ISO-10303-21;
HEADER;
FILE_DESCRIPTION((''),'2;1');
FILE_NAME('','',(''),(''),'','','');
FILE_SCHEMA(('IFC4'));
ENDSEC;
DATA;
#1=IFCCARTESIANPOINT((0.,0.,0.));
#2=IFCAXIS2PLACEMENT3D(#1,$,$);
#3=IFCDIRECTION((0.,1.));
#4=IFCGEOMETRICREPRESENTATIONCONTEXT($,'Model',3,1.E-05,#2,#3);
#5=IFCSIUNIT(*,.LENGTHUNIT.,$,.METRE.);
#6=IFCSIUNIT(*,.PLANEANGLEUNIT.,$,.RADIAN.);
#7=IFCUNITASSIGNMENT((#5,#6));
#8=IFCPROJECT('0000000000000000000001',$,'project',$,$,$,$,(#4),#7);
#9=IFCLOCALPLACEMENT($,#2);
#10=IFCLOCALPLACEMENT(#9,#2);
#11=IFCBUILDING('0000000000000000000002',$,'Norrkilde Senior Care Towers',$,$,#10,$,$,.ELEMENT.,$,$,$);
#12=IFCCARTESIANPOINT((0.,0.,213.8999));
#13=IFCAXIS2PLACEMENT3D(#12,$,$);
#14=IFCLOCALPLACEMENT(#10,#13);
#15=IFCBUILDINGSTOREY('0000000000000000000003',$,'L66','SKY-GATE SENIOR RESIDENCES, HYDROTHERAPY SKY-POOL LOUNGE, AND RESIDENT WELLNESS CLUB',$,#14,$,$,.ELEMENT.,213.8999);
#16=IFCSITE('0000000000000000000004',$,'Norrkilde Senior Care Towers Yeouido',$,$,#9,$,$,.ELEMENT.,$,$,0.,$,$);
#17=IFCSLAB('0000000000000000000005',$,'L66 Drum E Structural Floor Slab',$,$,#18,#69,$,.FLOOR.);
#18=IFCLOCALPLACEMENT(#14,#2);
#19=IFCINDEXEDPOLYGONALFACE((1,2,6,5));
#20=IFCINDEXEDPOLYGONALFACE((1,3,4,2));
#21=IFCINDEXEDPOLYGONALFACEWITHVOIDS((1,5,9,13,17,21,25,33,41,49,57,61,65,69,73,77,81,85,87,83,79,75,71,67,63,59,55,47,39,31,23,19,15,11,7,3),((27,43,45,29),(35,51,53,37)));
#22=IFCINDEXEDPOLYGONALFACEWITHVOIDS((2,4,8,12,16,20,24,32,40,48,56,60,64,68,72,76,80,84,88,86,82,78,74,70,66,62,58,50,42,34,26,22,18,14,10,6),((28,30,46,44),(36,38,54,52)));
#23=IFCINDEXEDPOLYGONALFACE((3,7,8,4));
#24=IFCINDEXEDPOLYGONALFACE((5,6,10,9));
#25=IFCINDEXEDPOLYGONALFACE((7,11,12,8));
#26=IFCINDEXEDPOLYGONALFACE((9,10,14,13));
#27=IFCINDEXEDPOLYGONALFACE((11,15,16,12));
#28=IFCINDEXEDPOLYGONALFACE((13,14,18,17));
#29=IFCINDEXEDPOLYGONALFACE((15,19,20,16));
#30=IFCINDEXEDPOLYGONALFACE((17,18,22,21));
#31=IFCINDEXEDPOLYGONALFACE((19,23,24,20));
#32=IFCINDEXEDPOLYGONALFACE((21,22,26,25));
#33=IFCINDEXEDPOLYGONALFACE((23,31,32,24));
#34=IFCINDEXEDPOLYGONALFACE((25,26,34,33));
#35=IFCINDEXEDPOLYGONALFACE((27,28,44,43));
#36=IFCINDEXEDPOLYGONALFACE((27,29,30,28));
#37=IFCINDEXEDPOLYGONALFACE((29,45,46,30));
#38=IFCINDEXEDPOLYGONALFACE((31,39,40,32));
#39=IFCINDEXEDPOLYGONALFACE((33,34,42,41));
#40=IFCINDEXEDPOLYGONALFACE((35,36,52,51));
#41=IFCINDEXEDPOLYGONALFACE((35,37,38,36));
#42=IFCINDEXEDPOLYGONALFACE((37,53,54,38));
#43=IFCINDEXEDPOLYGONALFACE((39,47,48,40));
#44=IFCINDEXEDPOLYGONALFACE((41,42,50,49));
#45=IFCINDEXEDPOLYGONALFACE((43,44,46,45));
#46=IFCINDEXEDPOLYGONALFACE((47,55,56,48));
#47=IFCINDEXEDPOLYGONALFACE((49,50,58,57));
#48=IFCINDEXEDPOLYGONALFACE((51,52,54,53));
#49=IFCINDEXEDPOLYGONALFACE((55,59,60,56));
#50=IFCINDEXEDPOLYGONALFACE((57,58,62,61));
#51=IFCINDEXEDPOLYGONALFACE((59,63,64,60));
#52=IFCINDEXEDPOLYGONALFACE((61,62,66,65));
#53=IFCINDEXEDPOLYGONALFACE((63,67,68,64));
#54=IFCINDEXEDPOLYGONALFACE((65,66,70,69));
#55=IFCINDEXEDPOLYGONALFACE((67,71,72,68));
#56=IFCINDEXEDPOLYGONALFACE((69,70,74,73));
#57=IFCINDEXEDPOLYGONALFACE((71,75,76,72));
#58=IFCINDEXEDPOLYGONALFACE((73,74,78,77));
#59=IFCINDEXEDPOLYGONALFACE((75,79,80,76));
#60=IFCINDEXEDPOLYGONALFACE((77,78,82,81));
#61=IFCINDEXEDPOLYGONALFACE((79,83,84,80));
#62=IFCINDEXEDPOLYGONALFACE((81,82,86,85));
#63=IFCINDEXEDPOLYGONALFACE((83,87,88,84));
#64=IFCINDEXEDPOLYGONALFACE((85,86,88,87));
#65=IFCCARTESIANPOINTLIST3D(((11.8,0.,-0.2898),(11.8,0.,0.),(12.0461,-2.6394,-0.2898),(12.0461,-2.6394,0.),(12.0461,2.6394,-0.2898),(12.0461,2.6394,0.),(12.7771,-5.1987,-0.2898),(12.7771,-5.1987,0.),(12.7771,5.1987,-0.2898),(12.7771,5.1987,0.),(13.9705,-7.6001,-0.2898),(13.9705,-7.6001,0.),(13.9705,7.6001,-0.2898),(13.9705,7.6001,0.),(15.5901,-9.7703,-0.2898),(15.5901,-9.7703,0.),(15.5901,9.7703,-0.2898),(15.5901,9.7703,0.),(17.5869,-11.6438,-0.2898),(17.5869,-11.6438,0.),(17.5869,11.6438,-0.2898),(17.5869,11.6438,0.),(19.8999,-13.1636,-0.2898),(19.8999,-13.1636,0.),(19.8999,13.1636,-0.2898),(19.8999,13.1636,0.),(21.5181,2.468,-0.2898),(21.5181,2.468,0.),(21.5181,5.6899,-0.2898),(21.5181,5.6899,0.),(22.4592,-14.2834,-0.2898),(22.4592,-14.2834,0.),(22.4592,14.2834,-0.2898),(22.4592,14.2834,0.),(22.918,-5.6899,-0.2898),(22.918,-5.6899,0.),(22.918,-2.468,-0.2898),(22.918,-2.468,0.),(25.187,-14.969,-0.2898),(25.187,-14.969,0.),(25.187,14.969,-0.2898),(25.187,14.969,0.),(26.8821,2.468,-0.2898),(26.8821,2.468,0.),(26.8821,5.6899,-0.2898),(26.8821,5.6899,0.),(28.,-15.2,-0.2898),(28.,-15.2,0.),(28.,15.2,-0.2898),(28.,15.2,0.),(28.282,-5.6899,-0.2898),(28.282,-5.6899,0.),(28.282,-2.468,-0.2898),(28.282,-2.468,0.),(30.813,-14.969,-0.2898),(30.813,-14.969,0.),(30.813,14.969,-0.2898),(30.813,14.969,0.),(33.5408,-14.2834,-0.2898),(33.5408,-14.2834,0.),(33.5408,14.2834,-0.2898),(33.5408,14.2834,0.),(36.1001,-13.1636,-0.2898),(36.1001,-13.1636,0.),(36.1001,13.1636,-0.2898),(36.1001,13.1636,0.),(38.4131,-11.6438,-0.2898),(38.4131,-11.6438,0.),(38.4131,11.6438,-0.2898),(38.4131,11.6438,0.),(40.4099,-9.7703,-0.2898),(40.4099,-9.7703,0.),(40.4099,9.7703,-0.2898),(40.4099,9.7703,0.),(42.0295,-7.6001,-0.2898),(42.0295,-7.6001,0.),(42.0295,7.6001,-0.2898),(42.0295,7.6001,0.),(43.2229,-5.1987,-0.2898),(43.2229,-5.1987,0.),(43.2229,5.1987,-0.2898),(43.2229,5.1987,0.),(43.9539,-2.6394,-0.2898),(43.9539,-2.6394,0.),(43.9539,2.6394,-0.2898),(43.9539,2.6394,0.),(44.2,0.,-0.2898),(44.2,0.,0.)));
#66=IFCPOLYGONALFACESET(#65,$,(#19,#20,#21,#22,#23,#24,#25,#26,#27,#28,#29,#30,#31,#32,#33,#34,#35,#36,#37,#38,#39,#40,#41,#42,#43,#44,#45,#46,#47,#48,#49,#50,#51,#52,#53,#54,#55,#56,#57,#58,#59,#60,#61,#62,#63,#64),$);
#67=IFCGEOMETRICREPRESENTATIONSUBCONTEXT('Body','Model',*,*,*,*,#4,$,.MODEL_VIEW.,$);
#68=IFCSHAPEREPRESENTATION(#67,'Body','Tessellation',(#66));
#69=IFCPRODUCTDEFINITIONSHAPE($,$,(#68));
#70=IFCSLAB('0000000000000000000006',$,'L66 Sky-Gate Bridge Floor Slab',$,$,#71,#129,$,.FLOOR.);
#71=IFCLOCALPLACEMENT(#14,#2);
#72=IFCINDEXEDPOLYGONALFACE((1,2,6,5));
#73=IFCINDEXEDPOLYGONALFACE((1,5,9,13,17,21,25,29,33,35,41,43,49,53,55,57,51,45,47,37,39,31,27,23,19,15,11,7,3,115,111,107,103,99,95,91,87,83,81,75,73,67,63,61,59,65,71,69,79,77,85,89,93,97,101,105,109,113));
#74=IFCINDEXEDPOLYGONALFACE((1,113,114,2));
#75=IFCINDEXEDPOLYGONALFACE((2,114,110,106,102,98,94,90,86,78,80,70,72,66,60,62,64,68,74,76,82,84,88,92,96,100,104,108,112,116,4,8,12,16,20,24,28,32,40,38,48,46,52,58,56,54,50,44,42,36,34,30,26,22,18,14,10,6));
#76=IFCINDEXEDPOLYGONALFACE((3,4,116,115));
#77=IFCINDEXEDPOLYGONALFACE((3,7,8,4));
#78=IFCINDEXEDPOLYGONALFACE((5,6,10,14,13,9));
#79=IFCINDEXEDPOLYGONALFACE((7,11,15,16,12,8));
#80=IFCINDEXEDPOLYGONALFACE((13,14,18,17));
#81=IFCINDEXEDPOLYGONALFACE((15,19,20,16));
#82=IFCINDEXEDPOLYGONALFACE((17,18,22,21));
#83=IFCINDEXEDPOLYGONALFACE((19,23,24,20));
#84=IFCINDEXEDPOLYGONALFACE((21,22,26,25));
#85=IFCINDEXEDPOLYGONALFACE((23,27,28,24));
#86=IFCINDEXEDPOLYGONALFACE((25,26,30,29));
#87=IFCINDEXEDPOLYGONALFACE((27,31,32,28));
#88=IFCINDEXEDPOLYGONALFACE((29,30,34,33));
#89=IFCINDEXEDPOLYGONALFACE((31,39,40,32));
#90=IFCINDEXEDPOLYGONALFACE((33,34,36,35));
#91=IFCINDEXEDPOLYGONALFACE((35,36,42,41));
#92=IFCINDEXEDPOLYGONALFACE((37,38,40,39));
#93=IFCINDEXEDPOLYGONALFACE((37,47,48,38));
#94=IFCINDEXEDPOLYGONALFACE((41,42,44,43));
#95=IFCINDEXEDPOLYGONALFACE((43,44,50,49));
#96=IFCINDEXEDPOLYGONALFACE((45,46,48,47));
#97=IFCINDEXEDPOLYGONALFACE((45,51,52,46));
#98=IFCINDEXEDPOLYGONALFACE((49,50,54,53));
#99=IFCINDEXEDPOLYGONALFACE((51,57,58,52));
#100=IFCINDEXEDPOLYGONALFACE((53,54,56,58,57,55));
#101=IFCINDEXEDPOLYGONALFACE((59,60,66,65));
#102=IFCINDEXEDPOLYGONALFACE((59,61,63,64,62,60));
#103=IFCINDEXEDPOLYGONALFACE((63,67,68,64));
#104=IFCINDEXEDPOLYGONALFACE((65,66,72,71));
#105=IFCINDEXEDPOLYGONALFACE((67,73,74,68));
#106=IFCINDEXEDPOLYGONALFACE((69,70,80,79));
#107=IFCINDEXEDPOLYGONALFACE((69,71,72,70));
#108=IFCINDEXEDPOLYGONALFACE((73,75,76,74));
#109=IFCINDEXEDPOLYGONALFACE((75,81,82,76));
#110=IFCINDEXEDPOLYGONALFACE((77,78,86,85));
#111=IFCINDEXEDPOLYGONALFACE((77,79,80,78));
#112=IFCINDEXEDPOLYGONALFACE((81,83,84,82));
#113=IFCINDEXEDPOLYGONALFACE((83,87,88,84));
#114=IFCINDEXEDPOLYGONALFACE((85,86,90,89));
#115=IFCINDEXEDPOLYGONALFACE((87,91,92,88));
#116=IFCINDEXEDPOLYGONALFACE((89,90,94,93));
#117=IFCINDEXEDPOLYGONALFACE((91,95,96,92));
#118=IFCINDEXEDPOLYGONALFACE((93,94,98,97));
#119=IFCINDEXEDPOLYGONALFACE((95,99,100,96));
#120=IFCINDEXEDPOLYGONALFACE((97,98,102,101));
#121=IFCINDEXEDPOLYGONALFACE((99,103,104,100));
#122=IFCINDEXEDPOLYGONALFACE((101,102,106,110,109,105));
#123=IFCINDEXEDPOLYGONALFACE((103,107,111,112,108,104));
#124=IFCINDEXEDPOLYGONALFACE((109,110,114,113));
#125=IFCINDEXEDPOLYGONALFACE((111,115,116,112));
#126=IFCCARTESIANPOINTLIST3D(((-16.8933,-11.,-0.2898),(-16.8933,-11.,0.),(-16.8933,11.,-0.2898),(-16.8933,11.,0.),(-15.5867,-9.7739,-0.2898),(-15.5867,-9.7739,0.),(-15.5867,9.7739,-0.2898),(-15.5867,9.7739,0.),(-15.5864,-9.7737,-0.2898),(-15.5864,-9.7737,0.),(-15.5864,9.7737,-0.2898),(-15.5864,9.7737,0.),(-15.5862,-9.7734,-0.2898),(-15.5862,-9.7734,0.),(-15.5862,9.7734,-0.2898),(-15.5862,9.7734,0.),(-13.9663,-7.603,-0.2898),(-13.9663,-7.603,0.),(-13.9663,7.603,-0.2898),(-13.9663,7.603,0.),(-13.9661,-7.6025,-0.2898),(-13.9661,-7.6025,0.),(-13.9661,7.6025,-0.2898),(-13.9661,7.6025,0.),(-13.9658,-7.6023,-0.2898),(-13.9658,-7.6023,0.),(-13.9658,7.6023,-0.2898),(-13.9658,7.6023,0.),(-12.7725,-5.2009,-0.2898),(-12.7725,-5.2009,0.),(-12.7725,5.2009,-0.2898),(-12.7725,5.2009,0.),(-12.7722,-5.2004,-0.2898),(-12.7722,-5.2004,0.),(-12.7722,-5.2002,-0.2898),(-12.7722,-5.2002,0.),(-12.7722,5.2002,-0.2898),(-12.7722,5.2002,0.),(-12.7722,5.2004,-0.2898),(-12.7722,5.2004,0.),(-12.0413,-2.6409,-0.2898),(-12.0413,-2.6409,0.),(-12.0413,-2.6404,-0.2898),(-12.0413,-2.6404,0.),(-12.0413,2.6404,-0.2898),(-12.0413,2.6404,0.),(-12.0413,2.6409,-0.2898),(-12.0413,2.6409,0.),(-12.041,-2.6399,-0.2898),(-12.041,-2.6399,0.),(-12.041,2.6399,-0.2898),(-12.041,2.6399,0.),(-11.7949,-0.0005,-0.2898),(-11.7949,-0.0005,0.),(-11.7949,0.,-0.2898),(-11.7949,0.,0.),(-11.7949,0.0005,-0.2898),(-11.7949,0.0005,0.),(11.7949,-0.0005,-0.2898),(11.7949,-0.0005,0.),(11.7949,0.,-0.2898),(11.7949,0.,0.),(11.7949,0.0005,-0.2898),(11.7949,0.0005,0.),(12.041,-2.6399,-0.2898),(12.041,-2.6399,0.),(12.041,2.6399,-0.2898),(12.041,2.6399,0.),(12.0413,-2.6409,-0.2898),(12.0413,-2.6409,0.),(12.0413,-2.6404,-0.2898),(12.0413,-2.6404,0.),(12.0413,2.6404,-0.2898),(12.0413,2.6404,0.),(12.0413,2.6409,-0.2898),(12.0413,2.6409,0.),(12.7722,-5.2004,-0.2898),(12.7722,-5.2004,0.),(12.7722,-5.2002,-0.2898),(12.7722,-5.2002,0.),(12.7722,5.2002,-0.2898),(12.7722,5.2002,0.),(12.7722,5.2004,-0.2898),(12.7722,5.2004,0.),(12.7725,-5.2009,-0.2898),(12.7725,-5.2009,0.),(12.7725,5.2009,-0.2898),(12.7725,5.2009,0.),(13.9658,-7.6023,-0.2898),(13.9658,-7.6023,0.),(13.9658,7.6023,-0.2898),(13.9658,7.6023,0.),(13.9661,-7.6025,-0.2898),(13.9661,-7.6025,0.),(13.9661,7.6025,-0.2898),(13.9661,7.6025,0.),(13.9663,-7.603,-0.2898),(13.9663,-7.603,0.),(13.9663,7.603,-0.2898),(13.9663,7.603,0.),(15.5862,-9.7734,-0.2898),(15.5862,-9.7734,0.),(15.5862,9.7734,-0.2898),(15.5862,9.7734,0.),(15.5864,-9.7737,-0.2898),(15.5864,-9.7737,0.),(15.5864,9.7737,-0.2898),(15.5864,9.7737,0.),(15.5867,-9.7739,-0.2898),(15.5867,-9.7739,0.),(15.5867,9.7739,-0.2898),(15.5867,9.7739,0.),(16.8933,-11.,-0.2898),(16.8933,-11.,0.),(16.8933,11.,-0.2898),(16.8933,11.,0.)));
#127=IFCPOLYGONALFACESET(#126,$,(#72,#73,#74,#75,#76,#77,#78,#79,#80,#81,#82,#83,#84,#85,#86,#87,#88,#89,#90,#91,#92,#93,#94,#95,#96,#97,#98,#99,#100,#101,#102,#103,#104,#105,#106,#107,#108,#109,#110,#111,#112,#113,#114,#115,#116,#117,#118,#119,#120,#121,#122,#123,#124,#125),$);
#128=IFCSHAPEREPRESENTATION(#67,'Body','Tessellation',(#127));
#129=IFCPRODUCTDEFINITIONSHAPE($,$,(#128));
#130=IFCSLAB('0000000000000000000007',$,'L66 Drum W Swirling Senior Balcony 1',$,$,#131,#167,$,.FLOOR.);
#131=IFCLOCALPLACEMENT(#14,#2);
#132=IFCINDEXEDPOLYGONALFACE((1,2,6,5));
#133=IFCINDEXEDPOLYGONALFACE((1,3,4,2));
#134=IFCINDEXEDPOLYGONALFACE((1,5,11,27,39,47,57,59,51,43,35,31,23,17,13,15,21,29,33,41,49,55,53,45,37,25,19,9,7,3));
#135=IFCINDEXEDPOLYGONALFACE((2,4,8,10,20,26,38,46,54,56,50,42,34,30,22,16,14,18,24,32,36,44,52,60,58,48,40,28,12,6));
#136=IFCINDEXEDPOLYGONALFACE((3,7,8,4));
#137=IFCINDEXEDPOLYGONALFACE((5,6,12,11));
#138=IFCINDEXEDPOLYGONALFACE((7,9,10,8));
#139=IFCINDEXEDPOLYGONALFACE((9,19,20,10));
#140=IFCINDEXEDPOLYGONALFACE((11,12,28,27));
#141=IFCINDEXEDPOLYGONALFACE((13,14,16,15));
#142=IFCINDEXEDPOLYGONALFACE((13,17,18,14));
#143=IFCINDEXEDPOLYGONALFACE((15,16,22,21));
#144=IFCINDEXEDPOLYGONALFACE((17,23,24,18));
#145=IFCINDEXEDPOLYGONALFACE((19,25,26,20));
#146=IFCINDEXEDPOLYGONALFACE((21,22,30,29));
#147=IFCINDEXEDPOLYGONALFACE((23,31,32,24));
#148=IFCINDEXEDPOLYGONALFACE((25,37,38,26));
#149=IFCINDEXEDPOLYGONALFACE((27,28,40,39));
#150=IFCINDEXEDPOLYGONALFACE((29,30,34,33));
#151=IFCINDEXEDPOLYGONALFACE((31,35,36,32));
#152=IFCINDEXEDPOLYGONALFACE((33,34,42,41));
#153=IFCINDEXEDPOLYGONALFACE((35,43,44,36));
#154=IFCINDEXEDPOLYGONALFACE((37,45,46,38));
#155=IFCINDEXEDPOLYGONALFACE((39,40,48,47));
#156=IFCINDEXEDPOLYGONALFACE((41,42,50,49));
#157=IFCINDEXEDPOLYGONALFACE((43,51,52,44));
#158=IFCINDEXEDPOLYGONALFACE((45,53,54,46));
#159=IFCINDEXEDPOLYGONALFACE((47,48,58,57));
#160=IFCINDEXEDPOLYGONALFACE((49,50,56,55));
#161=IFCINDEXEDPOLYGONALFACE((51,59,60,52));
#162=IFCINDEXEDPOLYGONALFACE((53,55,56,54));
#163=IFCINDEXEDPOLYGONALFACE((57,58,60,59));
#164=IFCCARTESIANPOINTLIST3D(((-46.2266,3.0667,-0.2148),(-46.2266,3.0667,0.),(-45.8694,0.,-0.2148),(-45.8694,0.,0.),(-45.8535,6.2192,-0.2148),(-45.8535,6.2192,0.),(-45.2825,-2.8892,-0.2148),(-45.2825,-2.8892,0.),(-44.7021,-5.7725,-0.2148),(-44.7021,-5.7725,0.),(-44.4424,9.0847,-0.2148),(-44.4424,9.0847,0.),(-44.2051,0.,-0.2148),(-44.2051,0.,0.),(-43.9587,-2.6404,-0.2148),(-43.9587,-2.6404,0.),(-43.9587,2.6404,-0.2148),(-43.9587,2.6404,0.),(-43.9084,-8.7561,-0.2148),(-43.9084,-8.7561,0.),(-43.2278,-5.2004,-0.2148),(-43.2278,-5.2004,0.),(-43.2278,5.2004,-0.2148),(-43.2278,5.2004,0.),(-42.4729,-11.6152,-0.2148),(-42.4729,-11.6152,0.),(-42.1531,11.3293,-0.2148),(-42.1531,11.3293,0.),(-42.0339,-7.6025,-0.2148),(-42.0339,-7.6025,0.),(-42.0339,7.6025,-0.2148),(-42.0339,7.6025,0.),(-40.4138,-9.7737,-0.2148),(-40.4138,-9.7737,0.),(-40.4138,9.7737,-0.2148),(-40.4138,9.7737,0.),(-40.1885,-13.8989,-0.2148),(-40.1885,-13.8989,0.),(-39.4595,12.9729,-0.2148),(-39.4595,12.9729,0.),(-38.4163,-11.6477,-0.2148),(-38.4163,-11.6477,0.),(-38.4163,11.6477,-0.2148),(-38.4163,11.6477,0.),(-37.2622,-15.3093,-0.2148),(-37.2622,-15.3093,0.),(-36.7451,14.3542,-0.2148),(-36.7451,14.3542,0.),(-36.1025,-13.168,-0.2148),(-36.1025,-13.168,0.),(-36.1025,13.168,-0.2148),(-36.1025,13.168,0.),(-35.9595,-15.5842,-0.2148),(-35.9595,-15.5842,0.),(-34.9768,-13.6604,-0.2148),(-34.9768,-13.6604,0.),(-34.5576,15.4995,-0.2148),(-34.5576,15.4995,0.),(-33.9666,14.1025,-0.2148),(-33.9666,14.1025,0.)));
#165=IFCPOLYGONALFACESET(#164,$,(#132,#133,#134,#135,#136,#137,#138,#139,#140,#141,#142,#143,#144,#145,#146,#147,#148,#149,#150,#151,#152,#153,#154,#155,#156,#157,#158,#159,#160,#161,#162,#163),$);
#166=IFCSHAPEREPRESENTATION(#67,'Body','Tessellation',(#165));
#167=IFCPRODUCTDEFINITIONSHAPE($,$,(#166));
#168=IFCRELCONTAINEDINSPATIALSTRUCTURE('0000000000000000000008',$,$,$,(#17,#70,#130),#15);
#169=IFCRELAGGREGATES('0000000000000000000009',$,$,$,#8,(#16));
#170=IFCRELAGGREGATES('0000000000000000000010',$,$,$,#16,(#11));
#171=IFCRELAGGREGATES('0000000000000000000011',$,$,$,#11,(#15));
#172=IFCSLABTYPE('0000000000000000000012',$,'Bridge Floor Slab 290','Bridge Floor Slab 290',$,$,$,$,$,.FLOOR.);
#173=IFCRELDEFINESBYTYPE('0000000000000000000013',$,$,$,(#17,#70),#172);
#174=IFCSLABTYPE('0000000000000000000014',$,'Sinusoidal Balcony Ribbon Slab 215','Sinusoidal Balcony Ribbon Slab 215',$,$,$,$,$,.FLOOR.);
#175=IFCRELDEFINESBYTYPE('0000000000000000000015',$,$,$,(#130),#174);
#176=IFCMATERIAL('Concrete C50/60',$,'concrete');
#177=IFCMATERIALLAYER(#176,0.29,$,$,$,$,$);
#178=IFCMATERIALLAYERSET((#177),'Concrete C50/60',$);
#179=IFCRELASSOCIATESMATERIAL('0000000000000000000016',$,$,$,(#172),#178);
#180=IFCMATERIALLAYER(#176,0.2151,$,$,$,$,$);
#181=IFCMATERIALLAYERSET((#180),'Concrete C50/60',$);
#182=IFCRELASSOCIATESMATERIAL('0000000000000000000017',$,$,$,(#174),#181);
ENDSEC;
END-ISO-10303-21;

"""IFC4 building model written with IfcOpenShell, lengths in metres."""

from ifc_helpers import new_model, si_unit, direction, frame, origin, place, context, subcontext, project, spatial, polyline, outline, extrude, material, layer, layer_set, type_object, element, save


model = new_model("IFC4")

# Units and contexts
model_context = context("Model", 3, precision=1e-05, world=origin(), true_north=direction((0.0, 1.0)))
body_context = subcontext(model_context, "Body", "Model", "MODEL_VIEW")
ifc_project = project(units=[si_unit("LENGTHUNIT", "METRE"), si_unit("PLANEANGLEUNIT", "RADIAN")], contexts=[model_context])

# Site, building, storey
site_placement = place(None, origin())
site = spatial("IfcSite", under=ifc_project, at=site_placement, Name="Norrkilde Senior Care Towers Yeouido", CompositionType="ELEMENT", RefElevation=0.0)
building_placement = place(site_placement, origin())
building = spatial("IfcBuilding", under=site, at=building_placement, Name="Norrkilde Senior Care Towers", CompositionType="ELEMENT")
storey_placement = place(building_placement, frame((0.0, 0.0, 213.8999)))
storey = spatial("IfcBuildingStorey", under=building, at=storey_placement, Name="L66", Description="SKY-GATE SENIOR RESIDENCES, HYDROTHERAPY SKY-POOL LOUNGE, AND RESIDENT WELLNESS CLUB", CompositionType="ELEMENT", Elevation=213.8999)

# Slabs
ifc_material_1 = material(Name="Concrete C50/60", Category="concrete")
ifc_layer_1 = layer(ifc_material_1, 0.29)
ifc_layer_set_1 = layer_set([ifc_layer_1], Name="Concrete C50/60")
slab_type_1 = type_object("IfcSlabType", Name="Bridge Floor Slab 290", Description="Bridge Floor Slab 290", PredefinedType="FLOOR", material=ifc_layer_set_1)
slab_1_placement = place(storey_placement, frame((0.0, 0.0, -0.2898)))
element("IfcSlab", 1, at=slab_1_placement, inside=storey, type_object=slab_type_1, Name="L66 Drum E Structural Floor Slab", PredefinedType="FLOOR", context=body_context, shape_type="SweptSolid", body=[
    extrude(outline(polyline([(43.2229, -5.1987), (42.0295, -7.6001), (40.4099, -9.7703), (38.4131, -11.6438), (36.1001, -13.1636), (33.5408, -14.2834), (30.813, -14.969), (28.0, -15.2), (25.187, -14.969), (22.4592, -14.2834), (19.8999, -13.1636), (17.5869, -11.6438), (15.5901, -9.7703), (13.9705, -7.6001), (12.7771, -5.1987), (12.0461, -2.6394), (11.8, 0.0), (12.0461, 2.6394), (12.7771, 5.1987), (13.9705, 7.6001), (15.5901, 9.7703), (17.5869, 11.6438), (19.8999, 13.1636), (22.4592, 14.2834), (25.187, 14.969), (28.0, 15.2), (30.813, 14.969), (33.5408, 14.2834), (36.1001, 13.1636), (38.4131, 11.6438), (40.4099, 9.7703), (42.0295, 7.6001), (43.2229, 5.1987), (43.9539, 2.6394), (44.2, 0.0), (43.9539, -2.6394), (43.2229, -5.1987)]), holes=[polyline([(21.5181, 2.468), (26.8821, 2.468), (26.8821, 5.6899), (21.5181, 5.6899), (21.5181, 2.468)]), polyline([(28.282, -5.6899), (28.282, -2.468), (22.918, -2.468), (22.918, -5.6899), (28.282, -5.6899)])]), origin(), (0.0, 0.0, 1.0), 0.2898),
])
slab_2_placement = place(storey_placement, frame((0.0, 0.0, -0.2898)))
element("IfcSlab", 2, at=slab_2_placement, inside=storey, type_object=slab_type_1, Name="L66 Sky-Gate Bridge Floor Slab", PredefinedType="FLOOR", context=body_context, shape_type="SweptSolid", body=[
    extrude(outline(polyline([(16.8933, 11.0), (15.5867, 9.7739), (15.5864, 9.7737), (15.5862, 9.7734), (13.9663, 7.603), (13.9661, 7.6025), (13.9658, 7.6023), (12.7725, 5.2009), (12.7722, 5.2004), (12.7722, 5.2002), (12.0413, 2.6409), (12.0413, 2.6404), (12.041, 2.6399), (11.7949, 0.0005), (11.7949, 0.0), (11.7949, -0.0005), (12.041, -2.6399), (12.0413, -2.6404), (12.0413, -2.6409), (12.7722, -5.2002), (12.7722, -5.2004), (12.7725, -5.2009), (13.9658, -7.6023), (13.9661, -7.6025), (13.9663, -7.603), (15.5862, -9.7734), (15.5864, -9.7737), (15.5867, -9.7739), (16.8933, -11.0), (-16.8933, -11.0), (-15.5867, -9.7739), (-15.5864, -9.7737), (-15.5862, -9.7734), (-13.9663, -7.603), (-13.9661, -7.6025), (-13.9658, -7.6023), (-12.7725, -5.2009), (-12.7722, -5.2004), (-12.7722, -5.2002), (-12.0413, -2.6409), (-12.0413, -2.6404), (-12.041, -2.6399), (-11.7949, -0.0005), (-11.7949, 0.0), (-11.7949, 0.0005), (-12.041, 2.6399), (-12.0413, 2.6404), (-12.0413, 2.6409), (-12.7722, 5.2002), (-12.7722, 5.2004), (-12.7725, 5.2009), (-13.9658, 7.6023), (-13.9661, 7.6025), (-13.9663, 7.603), (-15.5862, 9.7734), (-15.5864, 9.7737), (-15.5867, 9.7739), (-16.8933, 11.0), (16.8933, 11.0)])), origin(), (0.0, 0.0, 1.0), 0.2898),
])
ifc_layer_2 = layer(ifc_material_1, 0.2151)
ifc_layer_set_2 = layer_set([ifc_layer_2], Name="Concrete C50/60")
slab_type_2 = type_object("IfcSlabType", Name="Sinusoidal Balcony Ribbon Slab 215", Description="Sinusoidal Balcony Ribbon Slab 215", PredefinedType="FLOOR", material=ifc_layer_set_2)
slab_3_placement = place(storey_placement, frame((0.0, 0.0, -0.2148)))
element("IfcSlab", 3, at=slab_3_placement, inside=storey, type_object=slab_type_2, Name="L66 Drum W Swirling Senior Balcony 1", PredefinedType="FLOOR", context=body_context, shape_type="SweptSolid", body=[
    extrude(outline(polyline([(-42.4729, -11.6152), (-43.9084, -8.7561), (-44.7021, -5.7725), (-45.2825, -2.8892), (-45.8694, 0.0), (-46.2266, 3.0667), (-45.8535, 6.2192), (-44.4424, 9.0847), (-42.1531, 11.3293), (-39.4595, 12.9729), (-36.7451, 14.3542), (-34.5576, 15.4995), (-33.9666, 14.1025), (-36.1025, 13.168), (-38.4163, 11.6477), (-40.4138, 9.7737), (-42.0339, 7.6025), (-43.2278, 5.2004), (-43.9587, 2.6404), (-44.2051, 0.0), (-43.9587, -2.6404), (-43.2278, -5.2004), (-42.0339, -7.6025), (-40.4138, -9.7737), (-38.4163, -11.6477), (-36.1025, -13.168), (-34.9768, -13.6604), (-35.9595, -15.5842), (-37.2622, -15.3093), (-40.1885, -13.8989), (-42.4729, -11.6152)])), origin(), (0.0, 0.0, 1.0), 0.2148),
])

save(model, "model.ifc")
